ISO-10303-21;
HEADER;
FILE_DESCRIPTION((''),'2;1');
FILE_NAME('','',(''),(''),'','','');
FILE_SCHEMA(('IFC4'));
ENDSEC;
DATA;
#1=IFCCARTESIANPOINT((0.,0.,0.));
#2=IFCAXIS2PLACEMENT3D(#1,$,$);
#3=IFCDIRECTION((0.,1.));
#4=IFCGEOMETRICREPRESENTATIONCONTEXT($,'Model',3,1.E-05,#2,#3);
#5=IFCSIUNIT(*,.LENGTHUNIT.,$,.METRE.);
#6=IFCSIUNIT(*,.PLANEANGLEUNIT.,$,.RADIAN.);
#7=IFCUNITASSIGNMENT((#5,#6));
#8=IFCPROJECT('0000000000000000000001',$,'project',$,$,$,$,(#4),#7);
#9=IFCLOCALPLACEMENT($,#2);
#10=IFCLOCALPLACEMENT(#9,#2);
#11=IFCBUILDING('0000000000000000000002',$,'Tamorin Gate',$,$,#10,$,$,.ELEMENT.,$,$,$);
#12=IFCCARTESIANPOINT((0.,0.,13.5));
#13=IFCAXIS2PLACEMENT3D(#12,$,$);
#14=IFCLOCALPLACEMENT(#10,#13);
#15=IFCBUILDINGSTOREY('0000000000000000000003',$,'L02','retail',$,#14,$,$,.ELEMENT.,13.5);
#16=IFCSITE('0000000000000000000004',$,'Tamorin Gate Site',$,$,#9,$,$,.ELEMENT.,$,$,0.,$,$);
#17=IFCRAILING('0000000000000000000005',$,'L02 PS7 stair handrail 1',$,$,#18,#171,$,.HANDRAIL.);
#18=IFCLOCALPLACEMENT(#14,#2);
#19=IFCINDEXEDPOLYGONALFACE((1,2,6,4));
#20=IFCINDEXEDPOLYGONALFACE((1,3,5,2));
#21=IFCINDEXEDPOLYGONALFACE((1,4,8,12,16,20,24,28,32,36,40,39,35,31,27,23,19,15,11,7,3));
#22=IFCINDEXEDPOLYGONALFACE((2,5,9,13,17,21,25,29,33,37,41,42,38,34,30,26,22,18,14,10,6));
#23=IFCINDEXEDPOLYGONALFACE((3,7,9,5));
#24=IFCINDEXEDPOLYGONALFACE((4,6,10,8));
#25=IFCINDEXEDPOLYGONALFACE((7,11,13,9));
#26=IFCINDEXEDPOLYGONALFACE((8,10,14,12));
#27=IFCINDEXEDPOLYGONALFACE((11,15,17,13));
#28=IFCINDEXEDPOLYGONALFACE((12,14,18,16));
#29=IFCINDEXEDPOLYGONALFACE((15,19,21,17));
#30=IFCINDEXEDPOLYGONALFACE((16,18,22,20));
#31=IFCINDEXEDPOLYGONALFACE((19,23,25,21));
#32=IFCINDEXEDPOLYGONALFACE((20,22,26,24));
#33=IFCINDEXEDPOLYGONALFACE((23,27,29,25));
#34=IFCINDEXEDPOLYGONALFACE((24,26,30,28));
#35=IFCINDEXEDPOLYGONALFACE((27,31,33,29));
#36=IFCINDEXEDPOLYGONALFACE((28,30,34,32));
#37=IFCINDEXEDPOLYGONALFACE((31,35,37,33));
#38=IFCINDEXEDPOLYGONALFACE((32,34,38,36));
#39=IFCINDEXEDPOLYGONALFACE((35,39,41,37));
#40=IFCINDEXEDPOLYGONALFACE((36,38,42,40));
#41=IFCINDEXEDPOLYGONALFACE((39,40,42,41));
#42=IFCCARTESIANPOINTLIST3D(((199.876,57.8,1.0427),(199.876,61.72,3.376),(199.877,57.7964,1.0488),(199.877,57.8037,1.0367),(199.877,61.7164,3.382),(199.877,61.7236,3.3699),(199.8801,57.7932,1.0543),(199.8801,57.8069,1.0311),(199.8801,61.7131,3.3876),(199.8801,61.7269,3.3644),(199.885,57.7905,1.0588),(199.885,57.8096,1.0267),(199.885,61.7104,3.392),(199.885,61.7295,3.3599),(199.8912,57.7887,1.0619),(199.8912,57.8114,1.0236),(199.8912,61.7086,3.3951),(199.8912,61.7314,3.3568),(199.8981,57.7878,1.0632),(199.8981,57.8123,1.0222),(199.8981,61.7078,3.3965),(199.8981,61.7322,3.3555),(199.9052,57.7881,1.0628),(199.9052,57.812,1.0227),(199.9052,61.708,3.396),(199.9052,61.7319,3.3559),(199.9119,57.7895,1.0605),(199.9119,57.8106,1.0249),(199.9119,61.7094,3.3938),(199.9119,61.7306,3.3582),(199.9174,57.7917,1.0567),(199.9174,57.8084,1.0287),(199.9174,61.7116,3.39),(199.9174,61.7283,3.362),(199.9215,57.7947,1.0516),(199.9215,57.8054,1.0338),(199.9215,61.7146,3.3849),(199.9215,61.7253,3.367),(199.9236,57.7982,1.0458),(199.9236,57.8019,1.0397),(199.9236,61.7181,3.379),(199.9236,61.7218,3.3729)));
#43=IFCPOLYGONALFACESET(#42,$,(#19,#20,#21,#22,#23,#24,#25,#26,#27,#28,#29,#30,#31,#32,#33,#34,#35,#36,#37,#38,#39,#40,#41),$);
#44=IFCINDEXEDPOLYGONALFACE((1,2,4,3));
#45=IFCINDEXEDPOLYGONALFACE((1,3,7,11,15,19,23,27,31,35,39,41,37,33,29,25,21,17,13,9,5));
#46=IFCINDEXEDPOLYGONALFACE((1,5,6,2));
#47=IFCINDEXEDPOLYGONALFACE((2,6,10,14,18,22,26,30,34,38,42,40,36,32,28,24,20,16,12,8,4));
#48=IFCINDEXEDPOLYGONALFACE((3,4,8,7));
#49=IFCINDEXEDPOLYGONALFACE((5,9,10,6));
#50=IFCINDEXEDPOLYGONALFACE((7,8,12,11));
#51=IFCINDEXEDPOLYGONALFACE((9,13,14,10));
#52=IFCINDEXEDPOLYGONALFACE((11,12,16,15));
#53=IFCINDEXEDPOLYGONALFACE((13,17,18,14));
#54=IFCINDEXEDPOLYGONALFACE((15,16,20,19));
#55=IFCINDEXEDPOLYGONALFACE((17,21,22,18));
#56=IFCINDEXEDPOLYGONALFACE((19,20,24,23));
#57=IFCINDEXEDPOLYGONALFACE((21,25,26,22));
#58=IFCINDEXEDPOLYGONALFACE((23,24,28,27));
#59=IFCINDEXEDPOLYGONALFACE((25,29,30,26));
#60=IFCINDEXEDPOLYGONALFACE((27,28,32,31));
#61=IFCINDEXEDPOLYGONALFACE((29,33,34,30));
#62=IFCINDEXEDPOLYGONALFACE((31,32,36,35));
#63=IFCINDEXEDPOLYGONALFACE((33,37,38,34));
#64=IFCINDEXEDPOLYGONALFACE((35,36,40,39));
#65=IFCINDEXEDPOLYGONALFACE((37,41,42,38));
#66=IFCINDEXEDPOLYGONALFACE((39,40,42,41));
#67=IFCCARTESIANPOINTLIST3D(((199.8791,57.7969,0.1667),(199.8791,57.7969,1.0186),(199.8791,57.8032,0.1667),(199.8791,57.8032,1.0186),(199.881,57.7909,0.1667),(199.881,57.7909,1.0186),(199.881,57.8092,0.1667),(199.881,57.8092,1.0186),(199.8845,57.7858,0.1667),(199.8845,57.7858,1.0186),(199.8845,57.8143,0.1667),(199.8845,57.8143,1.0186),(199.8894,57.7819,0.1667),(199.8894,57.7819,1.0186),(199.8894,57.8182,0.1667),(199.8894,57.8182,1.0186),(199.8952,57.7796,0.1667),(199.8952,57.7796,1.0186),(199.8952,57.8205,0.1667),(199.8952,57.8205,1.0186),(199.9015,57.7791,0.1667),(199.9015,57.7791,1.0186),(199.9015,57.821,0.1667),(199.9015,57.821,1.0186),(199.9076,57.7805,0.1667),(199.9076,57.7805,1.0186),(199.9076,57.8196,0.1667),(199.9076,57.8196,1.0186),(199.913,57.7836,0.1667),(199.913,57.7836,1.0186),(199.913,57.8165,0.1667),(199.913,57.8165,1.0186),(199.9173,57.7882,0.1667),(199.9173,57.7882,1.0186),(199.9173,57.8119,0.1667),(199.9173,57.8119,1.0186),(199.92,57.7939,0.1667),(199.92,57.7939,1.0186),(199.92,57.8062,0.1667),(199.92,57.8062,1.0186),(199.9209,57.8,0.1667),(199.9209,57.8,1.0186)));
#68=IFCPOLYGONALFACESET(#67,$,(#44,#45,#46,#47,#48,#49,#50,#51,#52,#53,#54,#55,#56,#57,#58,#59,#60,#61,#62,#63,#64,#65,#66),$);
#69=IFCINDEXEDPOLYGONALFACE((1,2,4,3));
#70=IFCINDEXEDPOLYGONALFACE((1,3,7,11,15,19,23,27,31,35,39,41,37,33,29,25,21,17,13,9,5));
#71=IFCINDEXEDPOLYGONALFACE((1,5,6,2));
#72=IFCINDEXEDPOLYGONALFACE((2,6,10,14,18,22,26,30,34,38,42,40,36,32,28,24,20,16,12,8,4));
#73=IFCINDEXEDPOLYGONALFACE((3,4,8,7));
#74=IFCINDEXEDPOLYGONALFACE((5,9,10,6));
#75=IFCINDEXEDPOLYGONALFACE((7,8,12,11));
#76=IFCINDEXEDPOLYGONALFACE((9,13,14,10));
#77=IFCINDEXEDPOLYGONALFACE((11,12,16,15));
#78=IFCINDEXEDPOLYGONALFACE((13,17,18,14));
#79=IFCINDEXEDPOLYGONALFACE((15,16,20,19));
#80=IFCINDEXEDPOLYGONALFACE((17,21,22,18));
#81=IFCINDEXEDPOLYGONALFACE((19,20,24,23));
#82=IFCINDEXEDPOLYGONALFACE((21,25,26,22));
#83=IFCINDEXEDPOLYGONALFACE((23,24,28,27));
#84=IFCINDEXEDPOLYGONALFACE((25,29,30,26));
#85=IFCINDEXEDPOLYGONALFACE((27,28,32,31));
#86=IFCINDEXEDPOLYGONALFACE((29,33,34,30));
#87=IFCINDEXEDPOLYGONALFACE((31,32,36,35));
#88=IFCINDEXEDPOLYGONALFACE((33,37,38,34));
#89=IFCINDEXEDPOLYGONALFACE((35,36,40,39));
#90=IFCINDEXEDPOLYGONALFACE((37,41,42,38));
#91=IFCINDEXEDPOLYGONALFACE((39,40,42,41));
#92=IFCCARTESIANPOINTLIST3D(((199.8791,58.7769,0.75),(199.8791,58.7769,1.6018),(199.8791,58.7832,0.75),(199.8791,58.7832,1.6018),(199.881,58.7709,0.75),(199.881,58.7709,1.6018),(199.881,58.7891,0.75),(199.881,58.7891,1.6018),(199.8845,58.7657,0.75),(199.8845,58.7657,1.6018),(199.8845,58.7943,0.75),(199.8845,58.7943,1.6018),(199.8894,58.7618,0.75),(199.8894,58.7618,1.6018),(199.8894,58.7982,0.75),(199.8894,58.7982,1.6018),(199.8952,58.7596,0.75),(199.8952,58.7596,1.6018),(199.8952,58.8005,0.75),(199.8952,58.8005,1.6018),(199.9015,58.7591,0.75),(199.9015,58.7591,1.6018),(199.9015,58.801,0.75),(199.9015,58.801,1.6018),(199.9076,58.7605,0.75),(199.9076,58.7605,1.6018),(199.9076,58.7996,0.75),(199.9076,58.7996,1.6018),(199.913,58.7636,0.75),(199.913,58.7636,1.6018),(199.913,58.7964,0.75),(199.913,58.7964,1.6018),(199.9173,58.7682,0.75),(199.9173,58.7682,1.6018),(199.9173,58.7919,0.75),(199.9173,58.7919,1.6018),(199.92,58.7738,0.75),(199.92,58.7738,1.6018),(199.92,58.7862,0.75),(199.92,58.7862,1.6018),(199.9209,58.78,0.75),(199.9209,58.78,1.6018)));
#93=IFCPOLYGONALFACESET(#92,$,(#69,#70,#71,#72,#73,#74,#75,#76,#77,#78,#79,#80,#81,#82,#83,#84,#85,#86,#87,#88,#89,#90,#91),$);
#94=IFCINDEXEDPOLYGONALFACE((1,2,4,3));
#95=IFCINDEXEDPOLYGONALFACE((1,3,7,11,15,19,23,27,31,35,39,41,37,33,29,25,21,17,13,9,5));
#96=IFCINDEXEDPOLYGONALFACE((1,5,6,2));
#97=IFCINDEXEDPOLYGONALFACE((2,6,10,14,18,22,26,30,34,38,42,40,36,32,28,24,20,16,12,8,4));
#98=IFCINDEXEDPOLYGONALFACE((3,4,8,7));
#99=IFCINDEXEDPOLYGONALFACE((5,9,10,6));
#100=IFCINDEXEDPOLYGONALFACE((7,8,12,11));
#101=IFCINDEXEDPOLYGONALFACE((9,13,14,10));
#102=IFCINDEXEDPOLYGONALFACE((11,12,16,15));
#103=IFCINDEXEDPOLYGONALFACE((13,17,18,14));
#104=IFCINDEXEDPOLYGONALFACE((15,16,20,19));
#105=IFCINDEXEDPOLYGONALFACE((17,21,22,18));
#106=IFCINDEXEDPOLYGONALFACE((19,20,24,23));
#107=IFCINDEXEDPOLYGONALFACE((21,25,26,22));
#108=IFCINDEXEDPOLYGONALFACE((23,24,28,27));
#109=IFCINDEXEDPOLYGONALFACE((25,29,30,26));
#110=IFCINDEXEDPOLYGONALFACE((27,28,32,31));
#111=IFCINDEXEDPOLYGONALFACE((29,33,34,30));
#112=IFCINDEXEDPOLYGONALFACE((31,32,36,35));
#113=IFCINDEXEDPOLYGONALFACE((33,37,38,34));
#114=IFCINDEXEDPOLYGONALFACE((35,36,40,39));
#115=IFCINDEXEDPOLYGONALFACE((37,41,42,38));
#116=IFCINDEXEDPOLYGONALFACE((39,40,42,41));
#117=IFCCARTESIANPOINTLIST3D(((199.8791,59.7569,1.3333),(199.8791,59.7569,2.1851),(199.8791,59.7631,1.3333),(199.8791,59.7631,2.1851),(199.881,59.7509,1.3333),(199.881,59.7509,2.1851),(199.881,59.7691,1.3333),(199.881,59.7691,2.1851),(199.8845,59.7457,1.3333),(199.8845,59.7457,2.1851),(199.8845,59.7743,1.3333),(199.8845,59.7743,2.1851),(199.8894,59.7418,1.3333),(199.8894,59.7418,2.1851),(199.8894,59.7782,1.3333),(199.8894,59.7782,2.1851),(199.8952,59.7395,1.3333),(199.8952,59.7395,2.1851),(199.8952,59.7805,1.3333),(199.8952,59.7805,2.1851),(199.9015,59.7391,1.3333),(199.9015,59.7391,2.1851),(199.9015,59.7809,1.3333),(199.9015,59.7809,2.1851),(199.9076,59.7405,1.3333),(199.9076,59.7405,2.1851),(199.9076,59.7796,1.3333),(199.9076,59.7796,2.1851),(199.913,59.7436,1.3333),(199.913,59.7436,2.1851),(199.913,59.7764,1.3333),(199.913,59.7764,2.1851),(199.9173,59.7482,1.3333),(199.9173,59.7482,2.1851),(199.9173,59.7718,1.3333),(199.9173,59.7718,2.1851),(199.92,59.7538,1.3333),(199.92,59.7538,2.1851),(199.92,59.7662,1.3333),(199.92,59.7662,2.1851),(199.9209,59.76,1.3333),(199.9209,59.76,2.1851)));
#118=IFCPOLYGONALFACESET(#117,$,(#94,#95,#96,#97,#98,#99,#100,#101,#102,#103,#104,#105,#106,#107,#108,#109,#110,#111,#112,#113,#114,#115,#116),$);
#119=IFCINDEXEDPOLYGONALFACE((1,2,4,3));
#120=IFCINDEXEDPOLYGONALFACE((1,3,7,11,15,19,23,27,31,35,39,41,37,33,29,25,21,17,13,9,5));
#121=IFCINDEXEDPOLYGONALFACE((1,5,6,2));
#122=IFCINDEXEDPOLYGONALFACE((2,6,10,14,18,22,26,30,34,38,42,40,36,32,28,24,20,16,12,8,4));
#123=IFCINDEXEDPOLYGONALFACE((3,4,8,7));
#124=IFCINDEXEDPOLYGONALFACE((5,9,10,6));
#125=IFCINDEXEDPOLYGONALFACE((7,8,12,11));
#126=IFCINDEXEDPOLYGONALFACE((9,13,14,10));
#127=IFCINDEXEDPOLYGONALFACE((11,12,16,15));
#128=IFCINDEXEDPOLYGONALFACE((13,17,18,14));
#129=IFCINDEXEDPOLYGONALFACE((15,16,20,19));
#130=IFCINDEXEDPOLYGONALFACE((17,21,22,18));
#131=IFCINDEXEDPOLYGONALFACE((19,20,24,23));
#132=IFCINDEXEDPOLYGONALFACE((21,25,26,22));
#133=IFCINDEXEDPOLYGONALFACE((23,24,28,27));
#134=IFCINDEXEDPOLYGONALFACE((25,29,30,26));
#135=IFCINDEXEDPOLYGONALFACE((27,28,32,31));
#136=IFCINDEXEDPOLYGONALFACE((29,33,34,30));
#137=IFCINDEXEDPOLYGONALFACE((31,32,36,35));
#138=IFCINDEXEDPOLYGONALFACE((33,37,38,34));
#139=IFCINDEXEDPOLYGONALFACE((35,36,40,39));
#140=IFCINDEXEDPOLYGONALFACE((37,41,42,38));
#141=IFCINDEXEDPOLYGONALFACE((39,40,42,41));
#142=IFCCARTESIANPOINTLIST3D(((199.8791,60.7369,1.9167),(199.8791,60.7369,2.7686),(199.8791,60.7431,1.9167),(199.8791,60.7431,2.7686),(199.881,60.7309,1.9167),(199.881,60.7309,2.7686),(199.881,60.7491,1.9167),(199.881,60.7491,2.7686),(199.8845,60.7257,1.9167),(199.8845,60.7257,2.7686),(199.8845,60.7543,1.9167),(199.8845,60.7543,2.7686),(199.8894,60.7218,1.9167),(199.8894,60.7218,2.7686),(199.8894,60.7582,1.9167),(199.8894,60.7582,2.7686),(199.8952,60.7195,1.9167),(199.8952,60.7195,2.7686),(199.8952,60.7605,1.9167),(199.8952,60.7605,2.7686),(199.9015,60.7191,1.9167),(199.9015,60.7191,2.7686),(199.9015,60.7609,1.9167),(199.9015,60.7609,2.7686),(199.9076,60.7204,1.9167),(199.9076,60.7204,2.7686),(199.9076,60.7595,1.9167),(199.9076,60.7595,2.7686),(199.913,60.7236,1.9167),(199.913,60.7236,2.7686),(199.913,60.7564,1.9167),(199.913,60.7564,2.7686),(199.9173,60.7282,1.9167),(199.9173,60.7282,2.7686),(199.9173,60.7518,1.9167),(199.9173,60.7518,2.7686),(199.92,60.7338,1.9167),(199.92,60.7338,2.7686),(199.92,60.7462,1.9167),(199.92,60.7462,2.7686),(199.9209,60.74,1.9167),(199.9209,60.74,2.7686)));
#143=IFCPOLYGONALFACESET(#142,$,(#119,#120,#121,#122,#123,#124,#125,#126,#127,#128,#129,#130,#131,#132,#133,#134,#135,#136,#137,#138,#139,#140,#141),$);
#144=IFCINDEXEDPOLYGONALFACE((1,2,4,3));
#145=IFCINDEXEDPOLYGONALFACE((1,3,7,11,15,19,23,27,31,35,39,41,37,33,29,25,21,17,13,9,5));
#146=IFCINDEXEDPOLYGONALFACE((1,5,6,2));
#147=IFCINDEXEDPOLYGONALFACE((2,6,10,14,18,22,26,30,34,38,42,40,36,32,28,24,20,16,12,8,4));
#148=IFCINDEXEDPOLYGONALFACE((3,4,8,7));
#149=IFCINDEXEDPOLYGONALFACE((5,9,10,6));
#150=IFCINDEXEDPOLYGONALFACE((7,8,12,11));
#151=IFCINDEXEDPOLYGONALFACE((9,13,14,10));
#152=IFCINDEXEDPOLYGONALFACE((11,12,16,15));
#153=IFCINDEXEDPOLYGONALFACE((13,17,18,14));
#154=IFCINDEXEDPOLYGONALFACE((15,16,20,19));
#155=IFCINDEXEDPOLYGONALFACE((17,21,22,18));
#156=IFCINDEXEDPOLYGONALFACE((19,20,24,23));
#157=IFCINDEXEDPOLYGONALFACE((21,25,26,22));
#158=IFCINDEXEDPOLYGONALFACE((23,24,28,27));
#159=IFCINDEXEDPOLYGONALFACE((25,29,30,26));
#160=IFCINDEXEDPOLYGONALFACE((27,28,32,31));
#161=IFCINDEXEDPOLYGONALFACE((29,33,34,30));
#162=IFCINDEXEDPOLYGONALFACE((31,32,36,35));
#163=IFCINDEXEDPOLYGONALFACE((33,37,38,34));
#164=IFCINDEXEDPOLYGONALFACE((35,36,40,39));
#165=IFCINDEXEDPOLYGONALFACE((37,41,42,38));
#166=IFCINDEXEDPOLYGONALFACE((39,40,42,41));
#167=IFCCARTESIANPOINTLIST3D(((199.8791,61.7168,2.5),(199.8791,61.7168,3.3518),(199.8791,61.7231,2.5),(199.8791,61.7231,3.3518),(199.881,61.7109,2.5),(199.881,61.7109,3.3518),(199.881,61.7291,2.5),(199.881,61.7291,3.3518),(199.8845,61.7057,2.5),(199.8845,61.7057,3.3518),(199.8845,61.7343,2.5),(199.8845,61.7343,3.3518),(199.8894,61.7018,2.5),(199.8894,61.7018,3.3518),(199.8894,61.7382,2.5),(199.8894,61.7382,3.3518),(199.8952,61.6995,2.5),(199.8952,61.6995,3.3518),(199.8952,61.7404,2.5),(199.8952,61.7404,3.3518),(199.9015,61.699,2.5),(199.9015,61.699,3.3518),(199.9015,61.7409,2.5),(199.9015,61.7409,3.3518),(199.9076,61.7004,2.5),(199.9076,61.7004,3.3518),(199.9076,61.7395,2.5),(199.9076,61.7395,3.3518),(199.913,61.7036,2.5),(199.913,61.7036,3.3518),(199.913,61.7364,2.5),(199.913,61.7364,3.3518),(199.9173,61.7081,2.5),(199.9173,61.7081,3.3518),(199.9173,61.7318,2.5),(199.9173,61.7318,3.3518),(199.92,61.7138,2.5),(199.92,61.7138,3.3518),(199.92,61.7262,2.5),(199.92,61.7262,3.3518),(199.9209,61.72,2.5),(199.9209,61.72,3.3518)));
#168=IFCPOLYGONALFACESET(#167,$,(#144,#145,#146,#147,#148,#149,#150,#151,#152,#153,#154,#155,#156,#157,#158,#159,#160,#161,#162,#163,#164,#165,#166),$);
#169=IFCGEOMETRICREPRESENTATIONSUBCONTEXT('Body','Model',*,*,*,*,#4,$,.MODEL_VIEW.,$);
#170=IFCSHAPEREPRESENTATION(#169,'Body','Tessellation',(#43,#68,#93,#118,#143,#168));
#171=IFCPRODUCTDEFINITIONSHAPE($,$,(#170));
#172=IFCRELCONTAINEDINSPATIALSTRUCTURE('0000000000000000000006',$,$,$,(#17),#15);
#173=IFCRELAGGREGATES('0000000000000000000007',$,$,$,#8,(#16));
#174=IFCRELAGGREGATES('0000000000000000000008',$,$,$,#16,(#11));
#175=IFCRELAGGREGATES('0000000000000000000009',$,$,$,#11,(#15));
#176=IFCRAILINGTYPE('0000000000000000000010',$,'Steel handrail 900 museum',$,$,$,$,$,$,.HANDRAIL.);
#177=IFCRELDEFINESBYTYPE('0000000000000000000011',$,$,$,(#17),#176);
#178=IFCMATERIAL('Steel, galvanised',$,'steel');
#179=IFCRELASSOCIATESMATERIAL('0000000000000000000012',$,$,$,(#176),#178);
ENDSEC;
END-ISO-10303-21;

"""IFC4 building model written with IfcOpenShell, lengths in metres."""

from ifc_helpers import new_model, si_unit, direction, frame, origin, origin_2d, place, context, subcontext, project, spatial, circle, extrude, material, type_object, element, save


model = new_model("IFC4")

# Units and contexts
model_context = context("Model", 3, precision=1e-05, world=origin(), true_north=direction((0.0, 1.0)))
body_context = subcontext(model_context, "Body", "Model", "MODEL_VIEW")
ifc_project = project(units=[si_unit("LENGTHUNIT", "METRE"), si_unit("PLANEANGLEUNIT", "RADIAN")], contexts=[model_context])

# Site, building, storey
site_placement = place(None, origin())
site = spatial("IfcSite", under=ifc_project, at=site_placement, Name="Tamorin Gate Site", CompositionType="ELEMENT", RefElevation=0.0)
building_placement = place(site_placement, origin())
building = spatial("IfcBuilding", under=site, at=building_placement, Name="Tamorin Gate", CompositionType="ELEMENT")
storey_placement = place(building_placement, frame((0.0, 0.0, 13.5)))
storey = spatial("IfcBuildingStorey", under=building, at=storey_placement, Name="L02", Description="retail", CompositionType="ELEMENT", Elevation=13.5)

# Railing
ifc_material_1 = material(Name="Steel, galvanised", Category="steel")
railing_type_1 = type_object("IfcRailingType", Name="Steel handrail 900 museum", PredefinedType="HANDRAIL", material=ifc_material_1)
railing_1_placement = place(storey_placement, frame((199.8999, 57.8, 0.1667)))
element("IfcRailing", 1, at=railing_1_placement, inside=storey, type_object=railing_type_1, Name="L02 PS7 stair handrail 1", PredefinedType="HANDRAIL", context=body_context, shape_type="SweptSolid", body=[
    extrude(circle(Radius=0.0239, at=origin_2d()), frame((0.0, 0.0, 0.876), z_axis=(0.0, 0.859296, 0.511478), x_axis=(-1.0, 0.0, 0.0)), (0.0, 0.0, 1.0), 4.5618),
    extrude(circle(Radius=0.021, at=origin_2d()), origin(), (0.0, 0.0, 1.0), 0.8518),
    extrude(circle(Radius=0.021, at=origin_2d()), frame((0.0, 0.98, 0.5833)), (0.0, 0.0, 1.0), 0.8518),
    extrude(circle(Radius=0.021, at=origin_2d()), frame((0.0, 1.96, 1.1665)), (0.0, 0.0, 1.0), 0.8518),
    extrude(circle(Radius=0.021, at=origin_2d()), frame((0.0, 2.9399, 1.75)), (0.0, 0.0, 1.0), 0.8518),
    extrude(circle(Radius=0.021, at=origin_2d()), frame((0.0, 3.9199, 2.3333)), (0.0, 0.0, 1.0), 0.8518),
])

save(model, "model.ifc")
